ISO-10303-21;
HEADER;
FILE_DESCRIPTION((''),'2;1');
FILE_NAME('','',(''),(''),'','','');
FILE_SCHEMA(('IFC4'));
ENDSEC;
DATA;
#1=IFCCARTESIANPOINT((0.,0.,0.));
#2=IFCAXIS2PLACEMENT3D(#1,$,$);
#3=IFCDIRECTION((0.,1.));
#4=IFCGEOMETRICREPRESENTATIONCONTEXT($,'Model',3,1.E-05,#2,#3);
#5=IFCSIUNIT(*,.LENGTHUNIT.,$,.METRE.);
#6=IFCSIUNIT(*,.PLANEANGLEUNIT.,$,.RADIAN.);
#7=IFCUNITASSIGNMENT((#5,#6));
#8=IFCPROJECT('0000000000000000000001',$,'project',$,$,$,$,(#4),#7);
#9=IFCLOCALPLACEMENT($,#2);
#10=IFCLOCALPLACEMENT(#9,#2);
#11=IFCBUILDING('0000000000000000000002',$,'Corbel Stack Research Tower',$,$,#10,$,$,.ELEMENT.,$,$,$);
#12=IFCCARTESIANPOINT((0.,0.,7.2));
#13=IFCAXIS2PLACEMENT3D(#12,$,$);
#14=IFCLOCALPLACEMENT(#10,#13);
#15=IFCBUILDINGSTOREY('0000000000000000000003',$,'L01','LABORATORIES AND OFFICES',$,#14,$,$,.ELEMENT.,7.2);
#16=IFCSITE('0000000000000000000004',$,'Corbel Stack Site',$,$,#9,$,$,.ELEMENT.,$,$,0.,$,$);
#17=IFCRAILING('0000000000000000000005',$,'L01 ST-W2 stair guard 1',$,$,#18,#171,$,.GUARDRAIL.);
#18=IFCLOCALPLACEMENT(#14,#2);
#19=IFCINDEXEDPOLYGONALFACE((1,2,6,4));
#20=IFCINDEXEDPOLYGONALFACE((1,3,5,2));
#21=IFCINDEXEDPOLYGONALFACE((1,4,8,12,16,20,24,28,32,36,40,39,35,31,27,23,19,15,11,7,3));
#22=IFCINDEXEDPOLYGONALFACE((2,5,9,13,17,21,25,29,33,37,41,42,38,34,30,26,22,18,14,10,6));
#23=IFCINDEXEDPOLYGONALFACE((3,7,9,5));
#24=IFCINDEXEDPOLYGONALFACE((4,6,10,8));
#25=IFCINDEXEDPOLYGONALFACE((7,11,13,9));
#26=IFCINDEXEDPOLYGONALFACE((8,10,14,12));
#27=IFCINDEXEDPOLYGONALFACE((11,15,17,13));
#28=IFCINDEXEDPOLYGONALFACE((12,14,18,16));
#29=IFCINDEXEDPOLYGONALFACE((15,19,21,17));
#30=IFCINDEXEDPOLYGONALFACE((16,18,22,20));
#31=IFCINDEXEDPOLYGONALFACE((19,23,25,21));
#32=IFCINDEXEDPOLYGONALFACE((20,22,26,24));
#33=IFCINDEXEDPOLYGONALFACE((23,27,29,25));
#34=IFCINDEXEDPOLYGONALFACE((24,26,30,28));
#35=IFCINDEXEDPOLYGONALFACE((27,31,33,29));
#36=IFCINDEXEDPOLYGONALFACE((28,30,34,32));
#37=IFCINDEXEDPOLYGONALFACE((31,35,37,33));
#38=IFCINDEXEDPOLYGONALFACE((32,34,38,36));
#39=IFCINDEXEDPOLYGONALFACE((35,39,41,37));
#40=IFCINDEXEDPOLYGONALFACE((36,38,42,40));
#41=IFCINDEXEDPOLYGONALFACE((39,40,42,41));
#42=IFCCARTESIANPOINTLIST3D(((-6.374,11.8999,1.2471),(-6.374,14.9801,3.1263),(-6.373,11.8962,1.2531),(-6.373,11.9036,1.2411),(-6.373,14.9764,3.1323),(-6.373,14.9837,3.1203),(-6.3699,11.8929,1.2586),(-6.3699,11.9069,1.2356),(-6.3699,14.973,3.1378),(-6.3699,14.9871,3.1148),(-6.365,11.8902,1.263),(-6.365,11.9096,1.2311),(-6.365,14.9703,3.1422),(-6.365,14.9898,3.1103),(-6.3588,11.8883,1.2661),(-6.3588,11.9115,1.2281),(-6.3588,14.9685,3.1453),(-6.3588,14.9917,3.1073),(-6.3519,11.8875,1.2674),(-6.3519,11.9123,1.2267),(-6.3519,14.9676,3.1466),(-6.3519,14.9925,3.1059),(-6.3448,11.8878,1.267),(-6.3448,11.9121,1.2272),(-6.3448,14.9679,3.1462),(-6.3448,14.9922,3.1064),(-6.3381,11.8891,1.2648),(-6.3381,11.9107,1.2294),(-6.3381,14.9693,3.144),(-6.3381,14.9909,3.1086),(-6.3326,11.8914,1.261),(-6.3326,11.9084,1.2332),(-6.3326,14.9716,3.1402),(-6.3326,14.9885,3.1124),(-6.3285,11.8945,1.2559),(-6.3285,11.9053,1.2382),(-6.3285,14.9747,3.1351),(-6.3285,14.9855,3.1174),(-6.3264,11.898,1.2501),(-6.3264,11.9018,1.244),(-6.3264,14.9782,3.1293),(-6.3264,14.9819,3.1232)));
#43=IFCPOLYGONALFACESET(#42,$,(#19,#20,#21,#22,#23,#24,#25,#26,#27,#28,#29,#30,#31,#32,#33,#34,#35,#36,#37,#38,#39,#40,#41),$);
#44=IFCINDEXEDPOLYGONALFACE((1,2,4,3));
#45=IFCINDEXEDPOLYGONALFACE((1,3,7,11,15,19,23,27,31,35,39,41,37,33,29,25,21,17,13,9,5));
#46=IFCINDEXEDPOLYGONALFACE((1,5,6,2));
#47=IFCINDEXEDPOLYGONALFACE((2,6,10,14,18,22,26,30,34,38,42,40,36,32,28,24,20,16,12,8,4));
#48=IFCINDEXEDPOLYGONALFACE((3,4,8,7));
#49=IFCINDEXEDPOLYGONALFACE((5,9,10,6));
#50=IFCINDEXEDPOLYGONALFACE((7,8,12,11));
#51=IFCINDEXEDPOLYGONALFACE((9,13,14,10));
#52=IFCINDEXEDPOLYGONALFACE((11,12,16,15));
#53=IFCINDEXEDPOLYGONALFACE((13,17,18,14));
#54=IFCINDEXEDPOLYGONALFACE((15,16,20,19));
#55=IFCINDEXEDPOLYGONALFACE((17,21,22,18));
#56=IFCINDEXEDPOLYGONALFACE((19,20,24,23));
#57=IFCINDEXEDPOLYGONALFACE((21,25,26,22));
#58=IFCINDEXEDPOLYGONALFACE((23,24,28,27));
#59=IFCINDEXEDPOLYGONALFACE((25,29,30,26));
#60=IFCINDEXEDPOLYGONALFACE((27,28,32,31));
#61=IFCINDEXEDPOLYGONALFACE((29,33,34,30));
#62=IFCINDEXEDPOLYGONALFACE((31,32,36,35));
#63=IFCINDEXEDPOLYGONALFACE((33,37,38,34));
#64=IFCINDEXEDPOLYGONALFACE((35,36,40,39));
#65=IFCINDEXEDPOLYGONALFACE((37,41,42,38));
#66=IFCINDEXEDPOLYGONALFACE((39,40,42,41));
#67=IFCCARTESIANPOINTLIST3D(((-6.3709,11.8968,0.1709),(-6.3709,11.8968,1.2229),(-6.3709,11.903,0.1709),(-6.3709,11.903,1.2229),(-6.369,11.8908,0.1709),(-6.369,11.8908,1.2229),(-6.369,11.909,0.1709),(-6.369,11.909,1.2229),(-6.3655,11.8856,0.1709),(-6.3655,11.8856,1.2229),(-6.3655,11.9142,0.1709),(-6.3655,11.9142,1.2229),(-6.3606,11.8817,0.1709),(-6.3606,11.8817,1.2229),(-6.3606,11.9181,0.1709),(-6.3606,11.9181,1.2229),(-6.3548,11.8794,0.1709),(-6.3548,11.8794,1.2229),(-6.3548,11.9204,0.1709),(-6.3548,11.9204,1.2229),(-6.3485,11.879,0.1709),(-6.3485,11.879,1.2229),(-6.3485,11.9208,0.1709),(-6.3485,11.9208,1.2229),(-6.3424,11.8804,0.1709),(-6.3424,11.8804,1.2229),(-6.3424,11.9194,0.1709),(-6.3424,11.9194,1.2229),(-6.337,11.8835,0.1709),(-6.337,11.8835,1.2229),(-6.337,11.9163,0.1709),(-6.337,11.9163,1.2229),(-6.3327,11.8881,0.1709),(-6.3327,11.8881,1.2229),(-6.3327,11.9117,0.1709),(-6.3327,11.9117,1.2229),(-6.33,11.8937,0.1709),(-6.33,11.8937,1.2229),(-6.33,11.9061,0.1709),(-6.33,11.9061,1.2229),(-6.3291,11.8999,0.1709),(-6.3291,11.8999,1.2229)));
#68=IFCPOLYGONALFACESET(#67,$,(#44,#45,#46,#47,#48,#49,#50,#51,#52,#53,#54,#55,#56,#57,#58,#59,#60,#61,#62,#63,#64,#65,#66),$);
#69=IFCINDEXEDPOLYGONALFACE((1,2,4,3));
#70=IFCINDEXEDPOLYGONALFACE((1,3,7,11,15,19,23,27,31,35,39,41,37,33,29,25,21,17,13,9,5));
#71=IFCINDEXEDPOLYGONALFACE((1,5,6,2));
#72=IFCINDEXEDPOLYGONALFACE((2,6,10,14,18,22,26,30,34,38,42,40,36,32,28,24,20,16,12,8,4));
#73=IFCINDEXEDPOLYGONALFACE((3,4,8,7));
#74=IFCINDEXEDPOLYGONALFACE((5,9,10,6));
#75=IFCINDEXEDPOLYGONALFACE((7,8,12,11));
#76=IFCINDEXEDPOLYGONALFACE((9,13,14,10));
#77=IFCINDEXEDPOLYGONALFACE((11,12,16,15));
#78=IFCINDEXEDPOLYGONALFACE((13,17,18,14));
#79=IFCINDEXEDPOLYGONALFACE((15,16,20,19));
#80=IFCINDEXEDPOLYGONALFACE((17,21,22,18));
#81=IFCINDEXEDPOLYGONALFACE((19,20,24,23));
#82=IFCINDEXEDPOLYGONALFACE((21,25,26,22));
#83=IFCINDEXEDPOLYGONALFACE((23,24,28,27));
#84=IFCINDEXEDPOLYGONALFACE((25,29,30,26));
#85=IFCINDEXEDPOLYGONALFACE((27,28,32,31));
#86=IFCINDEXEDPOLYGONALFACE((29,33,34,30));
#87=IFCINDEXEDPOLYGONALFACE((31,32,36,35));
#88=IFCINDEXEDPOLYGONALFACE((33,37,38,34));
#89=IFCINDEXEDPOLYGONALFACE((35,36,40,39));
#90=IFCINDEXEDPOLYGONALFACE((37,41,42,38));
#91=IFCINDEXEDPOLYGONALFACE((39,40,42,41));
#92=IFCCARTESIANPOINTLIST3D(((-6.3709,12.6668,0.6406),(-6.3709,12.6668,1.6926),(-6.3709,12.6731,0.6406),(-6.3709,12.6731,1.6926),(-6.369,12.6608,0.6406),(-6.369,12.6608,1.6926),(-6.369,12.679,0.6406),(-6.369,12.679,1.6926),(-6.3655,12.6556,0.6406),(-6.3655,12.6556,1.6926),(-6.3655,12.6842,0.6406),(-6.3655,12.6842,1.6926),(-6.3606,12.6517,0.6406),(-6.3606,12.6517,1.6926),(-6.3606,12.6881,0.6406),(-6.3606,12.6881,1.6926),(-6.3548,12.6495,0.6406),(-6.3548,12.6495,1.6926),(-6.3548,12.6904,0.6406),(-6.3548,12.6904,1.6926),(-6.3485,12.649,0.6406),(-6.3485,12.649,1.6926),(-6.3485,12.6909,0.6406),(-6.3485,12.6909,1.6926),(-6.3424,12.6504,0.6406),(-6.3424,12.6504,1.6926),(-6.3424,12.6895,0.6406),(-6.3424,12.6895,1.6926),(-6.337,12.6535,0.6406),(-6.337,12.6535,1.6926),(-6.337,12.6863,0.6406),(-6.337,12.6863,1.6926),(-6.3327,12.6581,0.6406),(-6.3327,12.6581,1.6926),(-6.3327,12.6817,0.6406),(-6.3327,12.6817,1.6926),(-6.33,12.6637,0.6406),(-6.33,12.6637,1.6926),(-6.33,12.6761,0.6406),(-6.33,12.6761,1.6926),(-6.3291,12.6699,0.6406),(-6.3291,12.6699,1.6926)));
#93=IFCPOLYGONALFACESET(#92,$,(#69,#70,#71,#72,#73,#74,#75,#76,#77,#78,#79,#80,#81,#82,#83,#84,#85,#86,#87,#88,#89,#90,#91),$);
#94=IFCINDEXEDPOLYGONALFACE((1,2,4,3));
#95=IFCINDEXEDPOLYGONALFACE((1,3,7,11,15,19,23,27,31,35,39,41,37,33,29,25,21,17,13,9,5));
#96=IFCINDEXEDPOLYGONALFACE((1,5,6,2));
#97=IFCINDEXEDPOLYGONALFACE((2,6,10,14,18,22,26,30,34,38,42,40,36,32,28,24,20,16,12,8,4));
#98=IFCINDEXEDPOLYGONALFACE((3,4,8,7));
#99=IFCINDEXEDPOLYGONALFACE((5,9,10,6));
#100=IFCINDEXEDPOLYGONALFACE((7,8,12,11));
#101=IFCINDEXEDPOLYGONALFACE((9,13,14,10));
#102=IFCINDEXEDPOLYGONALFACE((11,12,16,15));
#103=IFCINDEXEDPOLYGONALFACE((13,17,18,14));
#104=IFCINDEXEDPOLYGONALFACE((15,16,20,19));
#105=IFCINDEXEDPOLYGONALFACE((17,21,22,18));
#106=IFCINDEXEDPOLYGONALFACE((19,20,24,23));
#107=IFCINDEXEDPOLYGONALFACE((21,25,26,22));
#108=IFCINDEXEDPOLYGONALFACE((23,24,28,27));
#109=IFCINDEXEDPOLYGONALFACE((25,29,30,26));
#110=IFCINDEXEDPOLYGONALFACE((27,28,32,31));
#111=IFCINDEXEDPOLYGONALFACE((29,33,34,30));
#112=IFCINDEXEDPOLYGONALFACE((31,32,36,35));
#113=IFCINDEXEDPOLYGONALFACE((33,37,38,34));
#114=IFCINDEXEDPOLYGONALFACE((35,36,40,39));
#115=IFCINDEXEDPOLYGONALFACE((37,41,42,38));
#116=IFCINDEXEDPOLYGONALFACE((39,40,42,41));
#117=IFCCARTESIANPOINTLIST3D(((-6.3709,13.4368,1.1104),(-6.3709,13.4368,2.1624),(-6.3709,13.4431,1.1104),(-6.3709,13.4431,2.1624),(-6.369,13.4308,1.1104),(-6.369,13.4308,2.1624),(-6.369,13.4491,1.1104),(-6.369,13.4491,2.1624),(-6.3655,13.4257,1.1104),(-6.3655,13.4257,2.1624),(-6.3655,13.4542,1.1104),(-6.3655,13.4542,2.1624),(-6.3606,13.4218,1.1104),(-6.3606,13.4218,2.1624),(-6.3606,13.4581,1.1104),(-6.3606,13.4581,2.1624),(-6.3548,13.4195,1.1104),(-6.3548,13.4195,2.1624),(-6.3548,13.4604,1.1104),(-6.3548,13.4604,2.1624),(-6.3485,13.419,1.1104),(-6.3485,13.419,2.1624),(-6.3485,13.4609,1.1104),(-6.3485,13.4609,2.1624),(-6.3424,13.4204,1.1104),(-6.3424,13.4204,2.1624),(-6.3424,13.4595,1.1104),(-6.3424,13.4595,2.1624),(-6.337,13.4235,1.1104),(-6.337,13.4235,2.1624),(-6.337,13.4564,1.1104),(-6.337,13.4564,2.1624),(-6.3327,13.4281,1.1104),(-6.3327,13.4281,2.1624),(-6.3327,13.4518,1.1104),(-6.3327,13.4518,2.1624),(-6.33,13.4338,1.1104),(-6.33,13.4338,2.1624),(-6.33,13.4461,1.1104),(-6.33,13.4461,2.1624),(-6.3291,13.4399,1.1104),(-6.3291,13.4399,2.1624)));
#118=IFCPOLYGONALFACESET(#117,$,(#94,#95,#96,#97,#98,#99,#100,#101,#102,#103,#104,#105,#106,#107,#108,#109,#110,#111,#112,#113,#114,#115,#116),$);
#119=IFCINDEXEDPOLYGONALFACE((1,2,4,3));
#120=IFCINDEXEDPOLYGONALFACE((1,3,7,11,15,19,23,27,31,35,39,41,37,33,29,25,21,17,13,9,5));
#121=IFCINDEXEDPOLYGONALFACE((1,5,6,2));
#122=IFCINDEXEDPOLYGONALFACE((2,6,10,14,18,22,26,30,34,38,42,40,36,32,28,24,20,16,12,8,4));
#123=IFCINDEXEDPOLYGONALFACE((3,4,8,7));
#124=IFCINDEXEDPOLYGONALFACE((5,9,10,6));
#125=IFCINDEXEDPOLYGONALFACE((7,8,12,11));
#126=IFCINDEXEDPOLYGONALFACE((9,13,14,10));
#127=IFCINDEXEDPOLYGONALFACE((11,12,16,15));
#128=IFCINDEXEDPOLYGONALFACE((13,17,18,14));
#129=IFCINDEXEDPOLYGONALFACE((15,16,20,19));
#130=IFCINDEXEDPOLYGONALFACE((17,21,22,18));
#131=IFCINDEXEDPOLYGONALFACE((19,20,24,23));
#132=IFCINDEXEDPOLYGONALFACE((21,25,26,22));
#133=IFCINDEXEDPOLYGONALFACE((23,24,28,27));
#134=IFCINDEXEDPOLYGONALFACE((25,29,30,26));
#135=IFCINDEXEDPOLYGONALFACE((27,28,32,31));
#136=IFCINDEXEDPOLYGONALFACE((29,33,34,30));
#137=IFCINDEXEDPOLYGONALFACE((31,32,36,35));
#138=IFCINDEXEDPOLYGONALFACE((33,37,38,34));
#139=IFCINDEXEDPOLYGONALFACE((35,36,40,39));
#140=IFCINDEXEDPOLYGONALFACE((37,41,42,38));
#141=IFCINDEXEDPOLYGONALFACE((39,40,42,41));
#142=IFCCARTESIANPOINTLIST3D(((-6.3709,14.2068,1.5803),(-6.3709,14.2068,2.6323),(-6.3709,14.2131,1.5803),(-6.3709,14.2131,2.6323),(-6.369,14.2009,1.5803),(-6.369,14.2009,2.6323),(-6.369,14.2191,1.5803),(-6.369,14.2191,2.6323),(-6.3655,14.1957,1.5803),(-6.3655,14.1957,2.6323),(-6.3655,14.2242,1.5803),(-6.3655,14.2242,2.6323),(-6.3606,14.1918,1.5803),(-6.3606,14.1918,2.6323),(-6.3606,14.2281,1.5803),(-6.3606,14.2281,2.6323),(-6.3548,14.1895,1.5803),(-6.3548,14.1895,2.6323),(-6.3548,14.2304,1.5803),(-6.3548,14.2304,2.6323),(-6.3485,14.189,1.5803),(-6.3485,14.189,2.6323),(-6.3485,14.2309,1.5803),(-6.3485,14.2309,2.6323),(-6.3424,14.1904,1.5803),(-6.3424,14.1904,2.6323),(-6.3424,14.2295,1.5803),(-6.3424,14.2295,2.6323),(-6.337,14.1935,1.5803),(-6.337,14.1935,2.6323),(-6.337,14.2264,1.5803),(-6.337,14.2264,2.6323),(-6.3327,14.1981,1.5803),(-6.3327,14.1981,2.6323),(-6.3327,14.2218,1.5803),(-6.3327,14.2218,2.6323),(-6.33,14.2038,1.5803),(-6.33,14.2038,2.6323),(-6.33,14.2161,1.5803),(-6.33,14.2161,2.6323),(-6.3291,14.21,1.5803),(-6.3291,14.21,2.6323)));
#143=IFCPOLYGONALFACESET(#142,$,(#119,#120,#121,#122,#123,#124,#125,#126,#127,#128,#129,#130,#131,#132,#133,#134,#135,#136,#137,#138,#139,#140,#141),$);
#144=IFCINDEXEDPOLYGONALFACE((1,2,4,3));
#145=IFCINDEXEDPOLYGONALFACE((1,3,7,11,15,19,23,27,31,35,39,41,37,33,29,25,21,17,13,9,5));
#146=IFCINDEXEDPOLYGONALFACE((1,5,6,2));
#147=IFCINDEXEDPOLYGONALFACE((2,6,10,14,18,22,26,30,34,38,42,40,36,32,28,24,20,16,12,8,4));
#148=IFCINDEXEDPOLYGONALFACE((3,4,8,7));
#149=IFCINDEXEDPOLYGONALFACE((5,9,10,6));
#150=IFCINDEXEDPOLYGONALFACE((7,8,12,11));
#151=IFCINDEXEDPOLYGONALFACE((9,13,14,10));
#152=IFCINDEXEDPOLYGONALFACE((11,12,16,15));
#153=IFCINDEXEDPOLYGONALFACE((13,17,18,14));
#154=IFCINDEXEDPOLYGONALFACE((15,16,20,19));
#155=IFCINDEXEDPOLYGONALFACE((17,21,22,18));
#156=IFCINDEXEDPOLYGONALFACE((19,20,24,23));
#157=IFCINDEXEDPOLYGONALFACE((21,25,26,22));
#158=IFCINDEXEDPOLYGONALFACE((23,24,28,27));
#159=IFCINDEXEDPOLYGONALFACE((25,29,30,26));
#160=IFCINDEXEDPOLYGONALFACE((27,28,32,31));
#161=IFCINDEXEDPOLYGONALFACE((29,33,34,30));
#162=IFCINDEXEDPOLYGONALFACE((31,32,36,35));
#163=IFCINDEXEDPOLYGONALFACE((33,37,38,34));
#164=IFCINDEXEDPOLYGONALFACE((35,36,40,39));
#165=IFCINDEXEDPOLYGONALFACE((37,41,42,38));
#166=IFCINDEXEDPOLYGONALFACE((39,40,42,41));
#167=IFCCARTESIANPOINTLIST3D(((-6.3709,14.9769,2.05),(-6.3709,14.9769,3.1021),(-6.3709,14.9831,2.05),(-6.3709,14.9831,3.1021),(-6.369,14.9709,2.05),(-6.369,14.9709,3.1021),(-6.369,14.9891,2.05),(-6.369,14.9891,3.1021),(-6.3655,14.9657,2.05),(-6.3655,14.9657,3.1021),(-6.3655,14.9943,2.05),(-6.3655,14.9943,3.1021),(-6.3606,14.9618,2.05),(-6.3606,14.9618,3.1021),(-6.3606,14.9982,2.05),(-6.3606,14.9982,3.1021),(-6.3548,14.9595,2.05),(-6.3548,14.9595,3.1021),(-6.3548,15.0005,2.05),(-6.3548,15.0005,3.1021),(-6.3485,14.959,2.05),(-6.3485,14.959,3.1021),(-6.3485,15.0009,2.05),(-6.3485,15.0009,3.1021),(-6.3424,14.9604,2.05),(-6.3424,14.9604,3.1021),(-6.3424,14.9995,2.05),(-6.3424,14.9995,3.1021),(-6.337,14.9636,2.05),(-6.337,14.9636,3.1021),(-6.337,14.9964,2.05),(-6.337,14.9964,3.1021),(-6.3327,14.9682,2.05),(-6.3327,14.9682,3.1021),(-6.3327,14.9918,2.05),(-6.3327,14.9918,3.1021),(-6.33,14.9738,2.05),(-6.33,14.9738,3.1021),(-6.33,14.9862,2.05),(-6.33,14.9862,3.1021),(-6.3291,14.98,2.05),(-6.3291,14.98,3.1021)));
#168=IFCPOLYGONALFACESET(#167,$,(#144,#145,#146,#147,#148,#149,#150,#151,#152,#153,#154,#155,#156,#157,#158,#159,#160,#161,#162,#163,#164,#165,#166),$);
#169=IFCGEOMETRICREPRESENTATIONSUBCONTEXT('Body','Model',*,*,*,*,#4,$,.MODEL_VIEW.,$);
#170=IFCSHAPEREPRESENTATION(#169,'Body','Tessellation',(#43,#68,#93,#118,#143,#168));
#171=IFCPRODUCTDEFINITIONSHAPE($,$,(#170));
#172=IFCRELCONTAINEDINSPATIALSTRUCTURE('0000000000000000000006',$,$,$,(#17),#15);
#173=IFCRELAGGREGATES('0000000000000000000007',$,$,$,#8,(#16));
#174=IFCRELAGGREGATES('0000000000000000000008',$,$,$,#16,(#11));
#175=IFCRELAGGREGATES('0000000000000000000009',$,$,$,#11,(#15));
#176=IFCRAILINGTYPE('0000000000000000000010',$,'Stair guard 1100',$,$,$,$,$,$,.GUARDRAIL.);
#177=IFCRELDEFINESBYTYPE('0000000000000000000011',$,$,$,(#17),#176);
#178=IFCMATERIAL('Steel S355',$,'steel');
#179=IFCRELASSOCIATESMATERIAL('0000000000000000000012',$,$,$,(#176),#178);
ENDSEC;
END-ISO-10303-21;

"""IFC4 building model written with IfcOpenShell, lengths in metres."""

from ifc_helpers import new_model, si_unit, direction, frame, origin, origin_2d, place, context, subcontext, project, spatial, circle, extrude, material, type_object, element, save


model = new_model("IFC4")

# Units and contexts
model_context = context("Model", 3, precision=1e-05, world=origin(), true_north=direction((0.0, 1.0)))
body_context = subcontext(model_context, "Body", "Model", "MODEL_VIEW")
ifc_project = project(units=[si_unit("LENGTHUNIT", "METRE"), si_unit("PLANEANGLEUNIT", "RADIAN")], contexts=[model_context])

# Site, building, storey
site_placement = place(None, origin())
site = spatial("IfcSite", under=ifc_project, at=site_placement, Name="Corbel Stack Site", CompositionType="ELEMENT", RefElevation=0.0)
building_placement = place(site_placement, origin())
building = spatial("IfcBuilding", under=site, at=building_placement, Name="Corbel Stack Research Tower", CompositionType="ELEMENT")
storey_placement = place(building_placement, frame((0.0, 0.0, 7.2)))
storey = spatial("IfcBuildingStorey", under=building, at=storey_placement, Name="L01", Description="LABORATORIES AND OFFICES", CompositionType="ELEMENT", Elevation=7.2)

# Railing
ifc_material_1 = material(Name="Steel S355", Category="steel")
railing_type_1 = type_object("IfcRailingType", Name="Stair guard 1100", PredefinedType="GUARDRAIL", material=ifc_material_1)
railing_1_placement = place(storey_placement, frame((-6.3501, 11.8999, 0.1709)))
element("IfcRailing", 1, at=railing_1_placement, inside=storey, type_object=railing_type_1, Name="L01 ST-W2 stair guard 1", PredefinedType="GUARDRAIL", context=body_context, shape_type="SweptSolid", body=[
    extrude(circle(Radius=0.0239, at=origin_2d()), frame((0.0, 0.0, 1.0762), z_axis=(0.0, 0.853666, 0.52082), x_axis=(-1.0, 0.0, 0.0)), (0.0, 0.0, 1.0), 3.6082),
    extrude(circle(Radius=0.021, at=origin_2d()), origin(), (0.0, 0.0, 1.0), 1.052),
    extrude(circle(Radius=0.021, at=origin_2d()), frame((0.0, 0.77, 0.4697)), (0.0, 0.0, 1.0), 1.052),
    extrude(circle(Radius=0.021, at=origin_2d()), frame((0.0, 1.54, 0.9395)), (0.0, 0.0, 1.0), 1.052),
    extrude(circle(Radius=0.021, at=origin_2d()), frame((0.0, 2.3101, 1.4094)), (0.0, 0.0, 1.0), 1.052),
    extrude(circle(Radius=0.021, at=origin_2d()), frame((0.0, 3.0801, 1.8792)), (0.0, 0.0, 1.0), 1.052),
])

save(model, "model.ifc")
